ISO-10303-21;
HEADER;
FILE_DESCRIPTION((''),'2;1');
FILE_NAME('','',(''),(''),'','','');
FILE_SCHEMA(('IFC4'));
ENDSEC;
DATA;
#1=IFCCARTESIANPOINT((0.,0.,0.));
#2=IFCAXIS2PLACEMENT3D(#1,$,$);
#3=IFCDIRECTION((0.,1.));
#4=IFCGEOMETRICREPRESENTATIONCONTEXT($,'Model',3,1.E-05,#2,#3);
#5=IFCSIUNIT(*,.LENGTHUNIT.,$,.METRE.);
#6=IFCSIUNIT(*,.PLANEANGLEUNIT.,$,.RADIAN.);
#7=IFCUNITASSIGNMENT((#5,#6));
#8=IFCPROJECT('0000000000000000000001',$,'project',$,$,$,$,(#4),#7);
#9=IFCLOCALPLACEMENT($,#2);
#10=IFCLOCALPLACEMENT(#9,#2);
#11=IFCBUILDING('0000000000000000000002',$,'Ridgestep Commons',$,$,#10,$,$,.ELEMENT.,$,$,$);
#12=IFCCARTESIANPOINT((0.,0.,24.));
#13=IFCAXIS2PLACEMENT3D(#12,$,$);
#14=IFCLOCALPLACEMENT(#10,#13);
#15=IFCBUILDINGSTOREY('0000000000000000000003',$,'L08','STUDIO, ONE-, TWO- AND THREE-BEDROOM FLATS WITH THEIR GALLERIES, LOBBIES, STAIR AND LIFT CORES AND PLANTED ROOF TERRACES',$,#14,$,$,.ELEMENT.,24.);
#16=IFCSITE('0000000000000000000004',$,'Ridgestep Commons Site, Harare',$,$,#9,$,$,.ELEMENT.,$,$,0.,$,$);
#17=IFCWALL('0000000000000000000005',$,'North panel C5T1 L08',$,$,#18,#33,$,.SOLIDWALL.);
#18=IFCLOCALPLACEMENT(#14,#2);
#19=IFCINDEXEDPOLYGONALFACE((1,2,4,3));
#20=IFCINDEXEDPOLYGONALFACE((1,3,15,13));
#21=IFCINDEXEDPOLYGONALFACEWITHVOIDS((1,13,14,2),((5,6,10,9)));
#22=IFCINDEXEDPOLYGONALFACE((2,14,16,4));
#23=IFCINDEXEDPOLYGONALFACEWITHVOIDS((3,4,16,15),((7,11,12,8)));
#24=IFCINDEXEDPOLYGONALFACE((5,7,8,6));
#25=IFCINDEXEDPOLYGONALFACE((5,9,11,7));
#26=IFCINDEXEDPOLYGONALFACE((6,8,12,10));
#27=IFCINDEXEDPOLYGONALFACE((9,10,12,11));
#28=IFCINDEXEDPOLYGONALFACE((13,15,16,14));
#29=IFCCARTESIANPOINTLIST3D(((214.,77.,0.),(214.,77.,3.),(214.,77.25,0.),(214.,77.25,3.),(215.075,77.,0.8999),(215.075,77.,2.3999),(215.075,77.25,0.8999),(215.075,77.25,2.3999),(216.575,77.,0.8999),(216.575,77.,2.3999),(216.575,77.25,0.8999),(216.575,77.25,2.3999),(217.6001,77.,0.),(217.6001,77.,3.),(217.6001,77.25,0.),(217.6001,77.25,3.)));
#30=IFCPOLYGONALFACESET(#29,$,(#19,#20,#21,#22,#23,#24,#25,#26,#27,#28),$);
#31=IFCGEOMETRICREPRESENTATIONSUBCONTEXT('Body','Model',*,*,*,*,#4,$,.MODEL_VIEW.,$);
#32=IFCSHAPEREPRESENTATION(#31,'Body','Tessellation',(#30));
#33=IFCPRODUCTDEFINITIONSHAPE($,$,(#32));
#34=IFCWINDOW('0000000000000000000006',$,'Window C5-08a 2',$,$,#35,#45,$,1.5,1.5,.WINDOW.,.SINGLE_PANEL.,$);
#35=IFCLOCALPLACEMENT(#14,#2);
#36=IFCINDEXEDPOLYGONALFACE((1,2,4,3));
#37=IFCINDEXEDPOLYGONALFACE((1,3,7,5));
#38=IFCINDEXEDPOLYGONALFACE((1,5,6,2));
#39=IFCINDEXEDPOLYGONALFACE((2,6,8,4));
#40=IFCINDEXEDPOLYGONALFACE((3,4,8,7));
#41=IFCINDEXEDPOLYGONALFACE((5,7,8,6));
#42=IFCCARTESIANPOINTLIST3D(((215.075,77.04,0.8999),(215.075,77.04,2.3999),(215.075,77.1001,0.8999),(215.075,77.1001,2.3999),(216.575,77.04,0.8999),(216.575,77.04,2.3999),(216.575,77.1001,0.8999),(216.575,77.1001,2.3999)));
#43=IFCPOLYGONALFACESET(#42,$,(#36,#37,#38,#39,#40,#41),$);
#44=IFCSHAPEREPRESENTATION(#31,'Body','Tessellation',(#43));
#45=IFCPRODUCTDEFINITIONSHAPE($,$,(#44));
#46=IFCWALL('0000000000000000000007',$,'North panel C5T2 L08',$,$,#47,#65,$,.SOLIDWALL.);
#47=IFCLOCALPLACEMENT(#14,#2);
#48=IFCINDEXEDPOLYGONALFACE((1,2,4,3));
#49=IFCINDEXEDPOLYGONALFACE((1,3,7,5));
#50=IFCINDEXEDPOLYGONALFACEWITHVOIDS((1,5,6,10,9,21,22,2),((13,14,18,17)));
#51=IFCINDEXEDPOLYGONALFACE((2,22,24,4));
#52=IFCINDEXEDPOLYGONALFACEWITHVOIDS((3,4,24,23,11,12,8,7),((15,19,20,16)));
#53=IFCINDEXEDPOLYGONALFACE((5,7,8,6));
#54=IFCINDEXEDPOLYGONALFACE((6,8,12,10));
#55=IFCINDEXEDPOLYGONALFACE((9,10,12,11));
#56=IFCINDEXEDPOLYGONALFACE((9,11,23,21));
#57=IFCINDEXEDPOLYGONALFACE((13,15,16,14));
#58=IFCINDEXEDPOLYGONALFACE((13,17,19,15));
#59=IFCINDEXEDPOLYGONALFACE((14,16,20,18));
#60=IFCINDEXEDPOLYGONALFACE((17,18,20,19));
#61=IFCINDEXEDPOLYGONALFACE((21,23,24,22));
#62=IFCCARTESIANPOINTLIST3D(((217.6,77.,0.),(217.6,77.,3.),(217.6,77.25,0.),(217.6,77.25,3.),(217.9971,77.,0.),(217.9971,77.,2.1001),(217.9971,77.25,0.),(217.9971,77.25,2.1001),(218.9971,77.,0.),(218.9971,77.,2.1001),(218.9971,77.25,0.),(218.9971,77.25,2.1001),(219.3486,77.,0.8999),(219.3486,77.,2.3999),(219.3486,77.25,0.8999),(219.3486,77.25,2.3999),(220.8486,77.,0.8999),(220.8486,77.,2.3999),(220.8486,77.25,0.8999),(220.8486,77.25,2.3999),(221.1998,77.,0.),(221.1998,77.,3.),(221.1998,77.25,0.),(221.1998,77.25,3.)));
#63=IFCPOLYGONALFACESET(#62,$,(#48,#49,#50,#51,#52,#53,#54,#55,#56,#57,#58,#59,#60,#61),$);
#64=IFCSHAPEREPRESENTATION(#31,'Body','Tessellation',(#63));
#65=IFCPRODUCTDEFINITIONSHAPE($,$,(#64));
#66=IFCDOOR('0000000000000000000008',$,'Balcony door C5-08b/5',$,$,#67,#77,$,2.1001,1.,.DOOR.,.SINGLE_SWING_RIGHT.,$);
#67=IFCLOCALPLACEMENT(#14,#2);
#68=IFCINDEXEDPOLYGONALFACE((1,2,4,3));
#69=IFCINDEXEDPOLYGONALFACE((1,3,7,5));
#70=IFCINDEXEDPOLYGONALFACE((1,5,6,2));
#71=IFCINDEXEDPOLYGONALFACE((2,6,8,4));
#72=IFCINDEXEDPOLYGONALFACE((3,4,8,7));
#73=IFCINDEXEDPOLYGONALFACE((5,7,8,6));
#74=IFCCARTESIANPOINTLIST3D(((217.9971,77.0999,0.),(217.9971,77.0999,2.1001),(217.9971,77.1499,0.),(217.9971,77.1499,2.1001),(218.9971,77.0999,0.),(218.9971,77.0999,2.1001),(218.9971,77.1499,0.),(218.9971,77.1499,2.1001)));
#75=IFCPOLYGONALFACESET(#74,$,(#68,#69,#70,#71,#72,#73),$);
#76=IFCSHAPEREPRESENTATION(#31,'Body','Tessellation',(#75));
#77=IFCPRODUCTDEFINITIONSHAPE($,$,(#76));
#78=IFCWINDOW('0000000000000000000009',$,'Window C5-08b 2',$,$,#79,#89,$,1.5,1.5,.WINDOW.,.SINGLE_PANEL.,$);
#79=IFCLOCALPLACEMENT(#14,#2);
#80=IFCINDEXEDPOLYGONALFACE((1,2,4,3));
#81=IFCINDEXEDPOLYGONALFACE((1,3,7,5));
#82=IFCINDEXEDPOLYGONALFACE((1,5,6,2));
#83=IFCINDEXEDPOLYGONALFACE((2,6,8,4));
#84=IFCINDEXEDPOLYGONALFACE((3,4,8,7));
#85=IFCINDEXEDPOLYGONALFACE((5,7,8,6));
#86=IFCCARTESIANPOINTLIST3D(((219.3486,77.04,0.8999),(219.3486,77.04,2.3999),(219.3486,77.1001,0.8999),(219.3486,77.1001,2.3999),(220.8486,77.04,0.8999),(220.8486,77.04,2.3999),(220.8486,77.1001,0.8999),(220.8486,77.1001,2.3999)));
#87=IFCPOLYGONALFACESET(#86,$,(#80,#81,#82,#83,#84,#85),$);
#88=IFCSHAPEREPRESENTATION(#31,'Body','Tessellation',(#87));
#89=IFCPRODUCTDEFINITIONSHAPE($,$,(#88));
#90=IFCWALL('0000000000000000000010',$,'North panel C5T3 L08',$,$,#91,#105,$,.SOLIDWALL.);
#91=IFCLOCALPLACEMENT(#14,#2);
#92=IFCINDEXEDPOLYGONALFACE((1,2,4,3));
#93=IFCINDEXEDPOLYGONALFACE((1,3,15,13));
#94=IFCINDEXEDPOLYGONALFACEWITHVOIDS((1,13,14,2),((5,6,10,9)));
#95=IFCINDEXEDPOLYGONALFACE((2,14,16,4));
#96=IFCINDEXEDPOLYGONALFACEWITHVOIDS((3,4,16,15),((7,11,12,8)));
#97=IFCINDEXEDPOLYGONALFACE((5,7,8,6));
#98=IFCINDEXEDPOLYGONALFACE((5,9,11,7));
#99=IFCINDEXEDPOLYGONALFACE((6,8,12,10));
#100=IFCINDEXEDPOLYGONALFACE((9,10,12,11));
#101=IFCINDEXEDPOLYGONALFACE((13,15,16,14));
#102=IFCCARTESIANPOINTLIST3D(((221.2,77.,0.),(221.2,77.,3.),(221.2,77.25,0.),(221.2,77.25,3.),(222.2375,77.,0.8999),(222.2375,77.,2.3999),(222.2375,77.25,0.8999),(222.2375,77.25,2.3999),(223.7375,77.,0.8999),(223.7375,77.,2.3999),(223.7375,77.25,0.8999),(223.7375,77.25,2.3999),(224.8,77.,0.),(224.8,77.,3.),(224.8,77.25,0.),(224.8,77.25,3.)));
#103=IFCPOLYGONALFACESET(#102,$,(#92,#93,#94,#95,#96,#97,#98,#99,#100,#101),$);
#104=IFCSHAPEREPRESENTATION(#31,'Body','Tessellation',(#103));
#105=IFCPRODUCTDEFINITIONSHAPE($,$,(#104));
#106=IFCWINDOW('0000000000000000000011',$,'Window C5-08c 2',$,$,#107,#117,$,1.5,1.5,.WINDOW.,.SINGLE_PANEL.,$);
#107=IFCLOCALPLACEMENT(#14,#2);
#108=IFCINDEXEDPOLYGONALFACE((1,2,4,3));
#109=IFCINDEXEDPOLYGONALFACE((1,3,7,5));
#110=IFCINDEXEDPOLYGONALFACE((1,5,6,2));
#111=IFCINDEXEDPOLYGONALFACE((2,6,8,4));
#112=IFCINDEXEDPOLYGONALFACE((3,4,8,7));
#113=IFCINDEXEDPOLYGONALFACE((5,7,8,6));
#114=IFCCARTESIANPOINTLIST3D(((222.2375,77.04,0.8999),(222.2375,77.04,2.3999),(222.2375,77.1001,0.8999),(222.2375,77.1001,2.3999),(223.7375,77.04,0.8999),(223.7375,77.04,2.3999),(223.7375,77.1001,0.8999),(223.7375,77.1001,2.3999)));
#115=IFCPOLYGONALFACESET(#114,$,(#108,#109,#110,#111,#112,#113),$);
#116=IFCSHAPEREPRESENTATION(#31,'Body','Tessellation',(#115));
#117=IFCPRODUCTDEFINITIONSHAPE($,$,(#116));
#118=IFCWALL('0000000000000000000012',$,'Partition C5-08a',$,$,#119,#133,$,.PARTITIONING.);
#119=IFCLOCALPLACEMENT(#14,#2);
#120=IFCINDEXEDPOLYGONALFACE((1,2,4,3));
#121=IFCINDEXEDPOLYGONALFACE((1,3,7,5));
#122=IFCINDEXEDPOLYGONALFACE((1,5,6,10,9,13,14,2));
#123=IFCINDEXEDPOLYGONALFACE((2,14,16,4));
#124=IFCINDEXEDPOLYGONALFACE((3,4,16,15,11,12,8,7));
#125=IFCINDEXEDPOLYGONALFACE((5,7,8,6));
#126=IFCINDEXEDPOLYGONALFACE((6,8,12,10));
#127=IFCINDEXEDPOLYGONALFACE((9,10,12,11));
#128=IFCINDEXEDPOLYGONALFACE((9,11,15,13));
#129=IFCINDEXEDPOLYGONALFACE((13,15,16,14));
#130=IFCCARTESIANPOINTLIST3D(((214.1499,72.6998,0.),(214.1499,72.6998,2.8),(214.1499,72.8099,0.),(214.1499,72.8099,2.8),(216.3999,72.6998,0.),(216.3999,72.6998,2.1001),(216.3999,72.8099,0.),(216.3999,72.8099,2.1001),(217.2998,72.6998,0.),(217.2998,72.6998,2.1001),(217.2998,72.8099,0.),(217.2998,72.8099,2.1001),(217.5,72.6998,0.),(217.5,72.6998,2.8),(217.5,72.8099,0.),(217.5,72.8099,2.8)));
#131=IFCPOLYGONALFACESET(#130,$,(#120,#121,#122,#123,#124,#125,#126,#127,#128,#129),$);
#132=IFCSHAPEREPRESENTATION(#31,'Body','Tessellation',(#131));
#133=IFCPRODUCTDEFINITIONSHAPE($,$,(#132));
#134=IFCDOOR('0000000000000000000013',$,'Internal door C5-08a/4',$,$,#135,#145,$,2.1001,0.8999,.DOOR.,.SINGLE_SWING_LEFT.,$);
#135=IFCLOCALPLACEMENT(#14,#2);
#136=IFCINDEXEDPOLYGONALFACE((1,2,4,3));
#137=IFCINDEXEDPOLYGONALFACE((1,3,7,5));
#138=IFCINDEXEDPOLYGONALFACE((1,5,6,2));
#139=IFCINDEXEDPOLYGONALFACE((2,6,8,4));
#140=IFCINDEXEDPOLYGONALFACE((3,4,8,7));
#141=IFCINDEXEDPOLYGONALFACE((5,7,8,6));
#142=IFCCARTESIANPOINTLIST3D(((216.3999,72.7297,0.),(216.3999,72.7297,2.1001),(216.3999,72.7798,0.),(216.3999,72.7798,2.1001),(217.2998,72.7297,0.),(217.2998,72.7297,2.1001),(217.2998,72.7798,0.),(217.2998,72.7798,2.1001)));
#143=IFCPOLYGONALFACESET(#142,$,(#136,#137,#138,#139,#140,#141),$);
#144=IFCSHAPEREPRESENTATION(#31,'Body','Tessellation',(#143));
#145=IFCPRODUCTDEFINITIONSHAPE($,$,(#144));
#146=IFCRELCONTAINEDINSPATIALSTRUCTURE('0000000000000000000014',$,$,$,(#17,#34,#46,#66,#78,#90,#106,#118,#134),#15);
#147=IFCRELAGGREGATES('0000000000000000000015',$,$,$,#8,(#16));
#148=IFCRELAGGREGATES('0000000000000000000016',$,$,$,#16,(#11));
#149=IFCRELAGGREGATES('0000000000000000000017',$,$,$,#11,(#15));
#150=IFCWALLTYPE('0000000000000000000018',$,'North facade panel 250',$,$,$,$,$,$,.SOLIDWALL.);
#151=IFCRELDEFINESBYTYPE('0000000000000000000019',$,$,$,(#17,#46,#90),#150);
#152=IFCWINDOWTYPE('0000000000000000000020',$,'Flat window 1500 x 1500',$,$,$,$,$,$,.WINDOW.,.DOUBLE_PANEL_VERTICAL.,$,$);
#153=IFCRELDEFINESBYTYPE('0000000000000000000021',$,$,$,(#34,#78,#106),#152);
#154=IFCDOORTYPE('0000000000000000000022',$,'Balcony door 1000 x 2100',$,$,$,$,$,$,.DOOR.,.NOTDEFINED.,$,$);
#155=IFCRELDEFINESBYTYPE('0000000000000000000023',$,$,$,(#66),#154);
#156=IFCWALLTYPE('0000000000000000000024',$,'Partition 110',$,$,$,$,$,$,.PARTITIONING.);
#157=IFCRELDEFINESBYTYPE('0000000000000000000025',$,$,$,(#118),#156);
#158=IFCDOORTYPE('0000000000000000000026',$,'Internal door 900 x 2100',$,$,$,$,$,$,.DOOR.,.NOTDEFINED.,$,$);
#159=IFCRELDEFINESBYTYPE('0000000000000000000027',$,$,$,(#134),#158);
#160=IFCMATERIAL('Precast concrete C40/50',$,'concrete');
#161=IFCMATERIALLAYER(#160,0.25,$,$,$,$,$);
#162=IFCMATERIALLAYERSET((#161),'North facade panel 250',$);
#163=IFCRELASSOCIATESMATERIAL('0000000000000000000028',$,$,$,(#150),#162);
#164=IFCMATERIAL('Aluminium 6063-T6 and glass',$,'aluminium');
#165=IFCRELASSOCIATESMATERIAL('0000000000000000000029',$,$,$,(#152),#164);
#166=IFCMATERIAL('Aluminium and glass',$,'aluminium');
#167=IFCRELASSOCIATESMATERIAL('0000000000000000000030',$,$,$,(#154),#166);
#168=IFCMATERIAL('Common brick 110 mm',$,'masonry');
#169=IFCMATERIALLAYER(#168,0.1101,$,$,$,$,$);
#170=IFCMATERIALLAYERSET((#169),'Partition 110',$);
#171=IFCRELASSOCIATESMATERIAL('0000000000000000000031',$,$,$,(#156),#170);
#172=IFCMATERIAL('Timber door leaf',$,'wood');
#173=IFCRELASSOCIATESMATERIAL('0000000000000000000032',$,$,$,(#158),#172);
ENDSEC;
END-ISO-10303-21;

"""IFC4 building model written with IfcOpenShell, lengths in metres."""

from ifc_helpers import new_model, si_unit, direction, frame, frame_2d, origin, place, context, subcontext, project, spatial, rectangle, extrude, material, layer, layer_set, type_object, element, fill, save


model = new_model("IFC4")

# Units and contexts
model_context = context("Model", 3, precision=1e-05, world=origin(), true_north=direction((0.0, 1.0)))
body_context = subcontext(model_context, "Body", "Model", "MODEL_VIEW")
ifc_project = project(units=[si_unit("LENGTHUNIT", "METRE"), si_unit("PLANEANGLEUNIT", "RADIAN")], contexts=[model_context])

# Site, building, storey
site_placement = place(None, origin())
site = spatial("IfcSite", under=ifc_project, at=site_placement, Name="Ridgestep Commons Site, Harare", CompositionType="ELEMENT", RefElevation=0.0)
building_placement = place(site_placement, origin())
building = spatial("IfcBuilding", under=site, at=building_placement, Name="Ridgestep Commons", CompositionType="ELEMENT")
storey_placement = place(building_placement, frame((0.0, 0.0, 24.0)))
storey = spatial("IfcBuildingStorey", under=building, at=storey_placement, Name="L08", Description="STUDIO, ONE-, TWO- AND THREE-BEDROOM FLATS WITH THEIR GALLERIES, LOBBIES, STAIR AND LIFT CORES AND PLANTED ROOF TERRACES", CompositionType="ELEMENT", Elevation=24.0)

# Wall, opening, window
ifc_material_1 = material(Name="Precast concrete C40/50", Category="concrete")
ifc_layer_1 = layer(ifc_material_1, 0.25)
ifc_layer_set_1 = layer_set([ifc_layer_1], Name="North facade panel 250")
wall_type_1 = type_object("IfcWallType", Name="North facade panel 250", PredefinedType="SOLIDWALL", material=ifc_layer_set_1)
wall_1_placement = place(storey_placement, frame((214.0, 77.125, 0.0), z_axis=(0.0, 0.0, 1.0), x_axis=(1.0, 0.0, 0.0)))
wall_1 = element("IfcWall", 1, at=wall_1_placement, inside=storey, type_object=wall_type_1, Name="North panel C5T1 L08", PredefinedType="SOLIDWALL", context=body_context, shape_type="SweptSolid", body=[
    extrude(rectangle(XDim=3.6001, YDim=0.25, at=frame_2d((1.8, 0.0))), origin(), (0.0, 0.0, 1.0), 3.0),
])
opening_1_placement = place(wall_1_placement, frame((1.075, 0.0, 0.8999)))
opening_1 = element("IfcOpeningElement", 2, at=opening_1_placement, cuts=wall_1, PredefinedType="OPENING", context=body_context, shape_type="SweptSolid", body=[
    extrude(rectangle(XDim=1.5, YDim=1.5, at=frame_2d((0.75, 0.75))), frame((0.0, 0.135, 0.0), z_axis=(0.0, -1.0, 0.0), x_axis=(1.0, 0.0, 0.0)), (0.0, 0.0, 1.0), 0.27),
])
ifc_material_2 = material(Name="Aluminium 6063-T6 and glass", Category="aluminium")
window_type = type_object("IfcWindowType", Name="Flat window 1500 x 1500", PartitioningType="DOUBLE_PANEL_VERTICAL", PredefinedType="WINDOW", material=ifc_material_2)
window_1_placement = place(opening_1_placement, origin())
window_1 = element("IfcWindow", 3, at=window_1_placement, inside=storey, type_object=window_type, Name="Window C5-08a 2", OverallHeight=1.5, OverallWidth=1.5, PartitioningType="SINGLE_PANEL", PredefinedType="WINDOW", context=body_context, shape_type="SweptSolid", body=[
    extrude(rectangle(XDim=1.5, YDim=1.5, at=frame_2d((0.75, 0.75))), frame((0.0, -0.0249, 0.0), z_axis=(0.0, -1.0, 0.0), x_axis=(1.0, 0.0, 0.0)), (0.0, 0.0, 1.0), 0.0601),
])
fill(opening_1, window_1)

# Wall, openings, door, window
wall_2_placement = place(storey_placement, frame((217.6001, 77.125, 0.0), z_axis=(0.0, 0.0, 1.0), x_axis=(1.0, 0.0, 0.0)))
wall_2 = element("IfcWall", 4, at=wall_2_placement, inside=storey, type_object=wall_type_1, Name="North panel C5T2 L08", PredefinedType="SOLIDWALL", context=body_context, shape_type="SweptSolid", body=[
    extrude(rectangle(XDim=3.5999, YDim=0.25, at=frame_2d((1.7998, 0.0))), origin(), (0.0, 0.0, 1.0), 3.0),
])
opening_2_placement = place(wall_2_placement, frame((1.7485, 0.0, 0.8999)))
opening_2 = element("IfcOpeningElement", 5, at=opening_2_placement, cuts=wall_2, PredefinedType="OPENING", context=body_context, shape_type="SweptSolid", body=[
    extrude(rectangle(XDim=1.5, YDim=1.5, at=frame_2d((0.75, 0.75))), frame((0.0, 0.135, 0.0), z_axis=(0.0, -1.0, 0.0), x_axis=(1.0, 0.0, 0.0)), (0.0, 0.0, 1.0), 0.27),
])
opening_3_placement = place(wall_2_placement, frame((0.397, 0.0, 0.0)))
opening_3 = element("IfcOpeningElement", 6, at=opening_3_placement, cuts=wall_2, PredefinedType="OPENING", context=body_context, shape_type="SweptSolid", body=[
    extrude(rectangle(XDim=1.0, YDim=2.1001, at=frame_2d((0.5, 1.05))), frame((0.0, 0.135, 0.0), z_axis=(0.0, -1.0, 0.0), x_axis=(1.0, 0.0, 0.0)), (0.0, 0.0, 1.0), 0.27),
])
ifc_material_3 = material(Name="Aluminium and glass", Category="aluminium")
door_type_1 = type_object("IfcDoorType", Name="Balcony door 1000 x 2100", OperationType="NOTDEFINED", PredefinedType="DOOR", material=ifc_material_3)
door_1_placement = place(opening_3_placement, origin())
door_1 = element("IfcDoor", 7, at=door_1_placement, inside=storey, type_object=door_type_1, Name="Balcony door C5-08b/5", OperationType="SINGLE_SWING_RIGHT", OverallHeight=2.1001, OverallWidth=1.0, PredefinedType="DOOR", context=body_context, shape_type="SweptSolid", body=[
    extrude(rectangle(XDim=1.0, YDim=2.1001, at=frame_2d((0.5, 1.05))), frame((0.0, 0.0249, 0.0), z_axis=(0.0, -1.0, 0.0), x_axis=(1.0, 0.0, 0.0)), (0.0, 0.0, 1.0), 0.05),
])
fill(opening_3, door_1)
window_2_placement = place(opening_2_placement, origin())
window_2 = element("IfcWindow", 8, at=window_2_placement, inside=storey, type_object=window_type, Name="Window C5-08b 2", OverallHeight=1.5, OverallWidth=1.5, PartitioningType="SINGLE_PANEL", PredefinedType="WINDOW", context=body_context, shape_type="SweptSolid", body=[
    extrude(rectangle(XDim=1.5, YDim=1.5, at=frame_2d((0.75, 0.75))), frame((0.0, -0.0249, 0.0), z_axis=(0.0, -1.0, 0.0), x_axis=(1.0, 0.0, 0.0)), (0.0, 0.0, 1.0), 0.0601),
])
fill(opening_2, window_2)

# Wall, opening, window
wall_3_placement = place(storey_placement, frame((221.2, 77.125, 0.0), z_axis=(0.0, 0.0, 1.0), x_axis=(1.0, 0.0, 0.0)))
wall_3 = element("IfcWall", 9, at=wall_3_placement, inside=storey, type_object=wall_type_1, Name="North panel C5T3 L08", PredefinedType="SOLIDWALL", context=body_context, shape_type="SweptSolid", body=[
    extrude(rectangle(XDim=3.6001, YDim=0.25, at=frame_2d((1.8, 0.0))), origin(), (0.0, 0.0, 1.0), 3.0),
])
opening_4_placement = place(wall_3_placement, frame((1.0376, 0.0, 0.8999)))
opening_4 = element("IfcOpeningElement", 10, at=opening_4_placement, cuts=wall_3, PredefinedType="OPENING", context=body_context, shape_type="SweptSolid", body=[
    extrude(rectangle(XDim=1.5, YDim=1.5, at=frame_2d((0.75, 0.75))), frame((0.0, 0.135, 0.0), z_axis=(0.0, -1.0, 0.0), x_axis=(1.0, 0.0, 0.0)), (0.0, 0.0, 1.0), 0.27),
])
window_3_placement = place(opening_4_placement, origin())
window_3 = element("IfcWindow", 11, at=window_3_placement, inside=storey, type_object=window_type, Name="Window C5-08c 2", OverallHeight=1.5, OverallWidth=1.5, PartitioningType="SINGLE_PANEL", PredefinedType="WINDOW", context=body_context, shape_type="SweptSolid", body=[
    extrude(rectangle(XDim=1.5, YDim=1.5, at=frame_2d((0.75, 0.75))), frame((0.0, -0.0249, 0.0), z_axis=(0.0, -1.0, 0.0), x_axis=(1.0, 0.0, 0.0)), (0.0, 0.0, 1.0), 0.0601),
])
fill(opening_4, window_3)

# Wall, opening, door
ifc_material_4 = material(Name="Common brick 110 mm", Category="masonry")
ifc_layer_2 = layer(ifc_material_4, 0.1101)
ifc_layer_set_2 = layer_set([ifc_layer_2], Name="Partition 110")
wall_type_2 = type_object("IfcWallType", Name="Partition 110", PredefinedType="PARTITIONING", material=ifc_layer_set_2)
wall_4_placement = place(storey_placement, frame((214.1499, 72.7549, 0.0), z_axis=(0.0, 0.0, 1.0), x_axis=(1.0, 0.0, 0.0)))
wall_4 = element("IfcWall", 12, at=wall_4_placement, inside=storey, type_object=wall_type_2, Name="Partition C5-08a", PredefinedType="PARTITIONING", context=body_context, shape_type="SweptSolid", body=[
    extrude(rectangle(XDim=3.3501, YDim=0.1101, at=frame_2d((1.675, 0.0))), origin(), (0.0, 0.0, 1.0), 2.8),
])
opening_5_placement = place(wall_4_placement, frame((2.25, 0.0, 0.0)))
opening_5 = element("IfcOpeningElement", 13, at=opening_5_placement, cuts=wall_4, PredefinedType="OPENING", context=body_context, shape_type="SweptSolid", body=[
    extrude(rectangle(XDim=0.8999, YDim=2.1001, at=frame_2d((0.45, 1.05))), frame((0.0, 0.0649, 0.0), z_axis=(0.0, -1.0, 0.0), x_axis=(1.0, 0.0, 0.0)), (0.0, 0.0, 1.0), 0.1301),
])
ifc_material_5 = material(Name="Timber door leaf", Category="wood")
door_type_2 = type_object("IfcDoorType", Name="Internal door 900 x 2100", OperationType="NOTDEFINED", PredefinedType="DOOR", material=ifc_material_5)
door_2_placement = place(opening_5_placement, origin())
door_2 = element("IfcDoor", 14, at=door_2_placement, inside=storey, type_object=door_type_2, Name="Internal door C5-08a/4", OperationType="SINGLE_SWING_LEFT", OverallHeight=2.1001, OverallWidth=0.8999, PredefinedType="DOOR", context=body_context, shape_type="SweptSolid", body=[
    extrude(rectangle(XDim=0.8999, YDim=2.1001, at=frame_2d((0.45, 1.05))), frame((0.0, 0.0249, 0.0), z_axis=(0.0, -1.0, 0.0), x_axis=(1.0, 0.0, 0.0)), (0.0, 0.0, 1.0), 0.05),
])
fill(opening_5, door_2)

save(model, "model.ifc")
